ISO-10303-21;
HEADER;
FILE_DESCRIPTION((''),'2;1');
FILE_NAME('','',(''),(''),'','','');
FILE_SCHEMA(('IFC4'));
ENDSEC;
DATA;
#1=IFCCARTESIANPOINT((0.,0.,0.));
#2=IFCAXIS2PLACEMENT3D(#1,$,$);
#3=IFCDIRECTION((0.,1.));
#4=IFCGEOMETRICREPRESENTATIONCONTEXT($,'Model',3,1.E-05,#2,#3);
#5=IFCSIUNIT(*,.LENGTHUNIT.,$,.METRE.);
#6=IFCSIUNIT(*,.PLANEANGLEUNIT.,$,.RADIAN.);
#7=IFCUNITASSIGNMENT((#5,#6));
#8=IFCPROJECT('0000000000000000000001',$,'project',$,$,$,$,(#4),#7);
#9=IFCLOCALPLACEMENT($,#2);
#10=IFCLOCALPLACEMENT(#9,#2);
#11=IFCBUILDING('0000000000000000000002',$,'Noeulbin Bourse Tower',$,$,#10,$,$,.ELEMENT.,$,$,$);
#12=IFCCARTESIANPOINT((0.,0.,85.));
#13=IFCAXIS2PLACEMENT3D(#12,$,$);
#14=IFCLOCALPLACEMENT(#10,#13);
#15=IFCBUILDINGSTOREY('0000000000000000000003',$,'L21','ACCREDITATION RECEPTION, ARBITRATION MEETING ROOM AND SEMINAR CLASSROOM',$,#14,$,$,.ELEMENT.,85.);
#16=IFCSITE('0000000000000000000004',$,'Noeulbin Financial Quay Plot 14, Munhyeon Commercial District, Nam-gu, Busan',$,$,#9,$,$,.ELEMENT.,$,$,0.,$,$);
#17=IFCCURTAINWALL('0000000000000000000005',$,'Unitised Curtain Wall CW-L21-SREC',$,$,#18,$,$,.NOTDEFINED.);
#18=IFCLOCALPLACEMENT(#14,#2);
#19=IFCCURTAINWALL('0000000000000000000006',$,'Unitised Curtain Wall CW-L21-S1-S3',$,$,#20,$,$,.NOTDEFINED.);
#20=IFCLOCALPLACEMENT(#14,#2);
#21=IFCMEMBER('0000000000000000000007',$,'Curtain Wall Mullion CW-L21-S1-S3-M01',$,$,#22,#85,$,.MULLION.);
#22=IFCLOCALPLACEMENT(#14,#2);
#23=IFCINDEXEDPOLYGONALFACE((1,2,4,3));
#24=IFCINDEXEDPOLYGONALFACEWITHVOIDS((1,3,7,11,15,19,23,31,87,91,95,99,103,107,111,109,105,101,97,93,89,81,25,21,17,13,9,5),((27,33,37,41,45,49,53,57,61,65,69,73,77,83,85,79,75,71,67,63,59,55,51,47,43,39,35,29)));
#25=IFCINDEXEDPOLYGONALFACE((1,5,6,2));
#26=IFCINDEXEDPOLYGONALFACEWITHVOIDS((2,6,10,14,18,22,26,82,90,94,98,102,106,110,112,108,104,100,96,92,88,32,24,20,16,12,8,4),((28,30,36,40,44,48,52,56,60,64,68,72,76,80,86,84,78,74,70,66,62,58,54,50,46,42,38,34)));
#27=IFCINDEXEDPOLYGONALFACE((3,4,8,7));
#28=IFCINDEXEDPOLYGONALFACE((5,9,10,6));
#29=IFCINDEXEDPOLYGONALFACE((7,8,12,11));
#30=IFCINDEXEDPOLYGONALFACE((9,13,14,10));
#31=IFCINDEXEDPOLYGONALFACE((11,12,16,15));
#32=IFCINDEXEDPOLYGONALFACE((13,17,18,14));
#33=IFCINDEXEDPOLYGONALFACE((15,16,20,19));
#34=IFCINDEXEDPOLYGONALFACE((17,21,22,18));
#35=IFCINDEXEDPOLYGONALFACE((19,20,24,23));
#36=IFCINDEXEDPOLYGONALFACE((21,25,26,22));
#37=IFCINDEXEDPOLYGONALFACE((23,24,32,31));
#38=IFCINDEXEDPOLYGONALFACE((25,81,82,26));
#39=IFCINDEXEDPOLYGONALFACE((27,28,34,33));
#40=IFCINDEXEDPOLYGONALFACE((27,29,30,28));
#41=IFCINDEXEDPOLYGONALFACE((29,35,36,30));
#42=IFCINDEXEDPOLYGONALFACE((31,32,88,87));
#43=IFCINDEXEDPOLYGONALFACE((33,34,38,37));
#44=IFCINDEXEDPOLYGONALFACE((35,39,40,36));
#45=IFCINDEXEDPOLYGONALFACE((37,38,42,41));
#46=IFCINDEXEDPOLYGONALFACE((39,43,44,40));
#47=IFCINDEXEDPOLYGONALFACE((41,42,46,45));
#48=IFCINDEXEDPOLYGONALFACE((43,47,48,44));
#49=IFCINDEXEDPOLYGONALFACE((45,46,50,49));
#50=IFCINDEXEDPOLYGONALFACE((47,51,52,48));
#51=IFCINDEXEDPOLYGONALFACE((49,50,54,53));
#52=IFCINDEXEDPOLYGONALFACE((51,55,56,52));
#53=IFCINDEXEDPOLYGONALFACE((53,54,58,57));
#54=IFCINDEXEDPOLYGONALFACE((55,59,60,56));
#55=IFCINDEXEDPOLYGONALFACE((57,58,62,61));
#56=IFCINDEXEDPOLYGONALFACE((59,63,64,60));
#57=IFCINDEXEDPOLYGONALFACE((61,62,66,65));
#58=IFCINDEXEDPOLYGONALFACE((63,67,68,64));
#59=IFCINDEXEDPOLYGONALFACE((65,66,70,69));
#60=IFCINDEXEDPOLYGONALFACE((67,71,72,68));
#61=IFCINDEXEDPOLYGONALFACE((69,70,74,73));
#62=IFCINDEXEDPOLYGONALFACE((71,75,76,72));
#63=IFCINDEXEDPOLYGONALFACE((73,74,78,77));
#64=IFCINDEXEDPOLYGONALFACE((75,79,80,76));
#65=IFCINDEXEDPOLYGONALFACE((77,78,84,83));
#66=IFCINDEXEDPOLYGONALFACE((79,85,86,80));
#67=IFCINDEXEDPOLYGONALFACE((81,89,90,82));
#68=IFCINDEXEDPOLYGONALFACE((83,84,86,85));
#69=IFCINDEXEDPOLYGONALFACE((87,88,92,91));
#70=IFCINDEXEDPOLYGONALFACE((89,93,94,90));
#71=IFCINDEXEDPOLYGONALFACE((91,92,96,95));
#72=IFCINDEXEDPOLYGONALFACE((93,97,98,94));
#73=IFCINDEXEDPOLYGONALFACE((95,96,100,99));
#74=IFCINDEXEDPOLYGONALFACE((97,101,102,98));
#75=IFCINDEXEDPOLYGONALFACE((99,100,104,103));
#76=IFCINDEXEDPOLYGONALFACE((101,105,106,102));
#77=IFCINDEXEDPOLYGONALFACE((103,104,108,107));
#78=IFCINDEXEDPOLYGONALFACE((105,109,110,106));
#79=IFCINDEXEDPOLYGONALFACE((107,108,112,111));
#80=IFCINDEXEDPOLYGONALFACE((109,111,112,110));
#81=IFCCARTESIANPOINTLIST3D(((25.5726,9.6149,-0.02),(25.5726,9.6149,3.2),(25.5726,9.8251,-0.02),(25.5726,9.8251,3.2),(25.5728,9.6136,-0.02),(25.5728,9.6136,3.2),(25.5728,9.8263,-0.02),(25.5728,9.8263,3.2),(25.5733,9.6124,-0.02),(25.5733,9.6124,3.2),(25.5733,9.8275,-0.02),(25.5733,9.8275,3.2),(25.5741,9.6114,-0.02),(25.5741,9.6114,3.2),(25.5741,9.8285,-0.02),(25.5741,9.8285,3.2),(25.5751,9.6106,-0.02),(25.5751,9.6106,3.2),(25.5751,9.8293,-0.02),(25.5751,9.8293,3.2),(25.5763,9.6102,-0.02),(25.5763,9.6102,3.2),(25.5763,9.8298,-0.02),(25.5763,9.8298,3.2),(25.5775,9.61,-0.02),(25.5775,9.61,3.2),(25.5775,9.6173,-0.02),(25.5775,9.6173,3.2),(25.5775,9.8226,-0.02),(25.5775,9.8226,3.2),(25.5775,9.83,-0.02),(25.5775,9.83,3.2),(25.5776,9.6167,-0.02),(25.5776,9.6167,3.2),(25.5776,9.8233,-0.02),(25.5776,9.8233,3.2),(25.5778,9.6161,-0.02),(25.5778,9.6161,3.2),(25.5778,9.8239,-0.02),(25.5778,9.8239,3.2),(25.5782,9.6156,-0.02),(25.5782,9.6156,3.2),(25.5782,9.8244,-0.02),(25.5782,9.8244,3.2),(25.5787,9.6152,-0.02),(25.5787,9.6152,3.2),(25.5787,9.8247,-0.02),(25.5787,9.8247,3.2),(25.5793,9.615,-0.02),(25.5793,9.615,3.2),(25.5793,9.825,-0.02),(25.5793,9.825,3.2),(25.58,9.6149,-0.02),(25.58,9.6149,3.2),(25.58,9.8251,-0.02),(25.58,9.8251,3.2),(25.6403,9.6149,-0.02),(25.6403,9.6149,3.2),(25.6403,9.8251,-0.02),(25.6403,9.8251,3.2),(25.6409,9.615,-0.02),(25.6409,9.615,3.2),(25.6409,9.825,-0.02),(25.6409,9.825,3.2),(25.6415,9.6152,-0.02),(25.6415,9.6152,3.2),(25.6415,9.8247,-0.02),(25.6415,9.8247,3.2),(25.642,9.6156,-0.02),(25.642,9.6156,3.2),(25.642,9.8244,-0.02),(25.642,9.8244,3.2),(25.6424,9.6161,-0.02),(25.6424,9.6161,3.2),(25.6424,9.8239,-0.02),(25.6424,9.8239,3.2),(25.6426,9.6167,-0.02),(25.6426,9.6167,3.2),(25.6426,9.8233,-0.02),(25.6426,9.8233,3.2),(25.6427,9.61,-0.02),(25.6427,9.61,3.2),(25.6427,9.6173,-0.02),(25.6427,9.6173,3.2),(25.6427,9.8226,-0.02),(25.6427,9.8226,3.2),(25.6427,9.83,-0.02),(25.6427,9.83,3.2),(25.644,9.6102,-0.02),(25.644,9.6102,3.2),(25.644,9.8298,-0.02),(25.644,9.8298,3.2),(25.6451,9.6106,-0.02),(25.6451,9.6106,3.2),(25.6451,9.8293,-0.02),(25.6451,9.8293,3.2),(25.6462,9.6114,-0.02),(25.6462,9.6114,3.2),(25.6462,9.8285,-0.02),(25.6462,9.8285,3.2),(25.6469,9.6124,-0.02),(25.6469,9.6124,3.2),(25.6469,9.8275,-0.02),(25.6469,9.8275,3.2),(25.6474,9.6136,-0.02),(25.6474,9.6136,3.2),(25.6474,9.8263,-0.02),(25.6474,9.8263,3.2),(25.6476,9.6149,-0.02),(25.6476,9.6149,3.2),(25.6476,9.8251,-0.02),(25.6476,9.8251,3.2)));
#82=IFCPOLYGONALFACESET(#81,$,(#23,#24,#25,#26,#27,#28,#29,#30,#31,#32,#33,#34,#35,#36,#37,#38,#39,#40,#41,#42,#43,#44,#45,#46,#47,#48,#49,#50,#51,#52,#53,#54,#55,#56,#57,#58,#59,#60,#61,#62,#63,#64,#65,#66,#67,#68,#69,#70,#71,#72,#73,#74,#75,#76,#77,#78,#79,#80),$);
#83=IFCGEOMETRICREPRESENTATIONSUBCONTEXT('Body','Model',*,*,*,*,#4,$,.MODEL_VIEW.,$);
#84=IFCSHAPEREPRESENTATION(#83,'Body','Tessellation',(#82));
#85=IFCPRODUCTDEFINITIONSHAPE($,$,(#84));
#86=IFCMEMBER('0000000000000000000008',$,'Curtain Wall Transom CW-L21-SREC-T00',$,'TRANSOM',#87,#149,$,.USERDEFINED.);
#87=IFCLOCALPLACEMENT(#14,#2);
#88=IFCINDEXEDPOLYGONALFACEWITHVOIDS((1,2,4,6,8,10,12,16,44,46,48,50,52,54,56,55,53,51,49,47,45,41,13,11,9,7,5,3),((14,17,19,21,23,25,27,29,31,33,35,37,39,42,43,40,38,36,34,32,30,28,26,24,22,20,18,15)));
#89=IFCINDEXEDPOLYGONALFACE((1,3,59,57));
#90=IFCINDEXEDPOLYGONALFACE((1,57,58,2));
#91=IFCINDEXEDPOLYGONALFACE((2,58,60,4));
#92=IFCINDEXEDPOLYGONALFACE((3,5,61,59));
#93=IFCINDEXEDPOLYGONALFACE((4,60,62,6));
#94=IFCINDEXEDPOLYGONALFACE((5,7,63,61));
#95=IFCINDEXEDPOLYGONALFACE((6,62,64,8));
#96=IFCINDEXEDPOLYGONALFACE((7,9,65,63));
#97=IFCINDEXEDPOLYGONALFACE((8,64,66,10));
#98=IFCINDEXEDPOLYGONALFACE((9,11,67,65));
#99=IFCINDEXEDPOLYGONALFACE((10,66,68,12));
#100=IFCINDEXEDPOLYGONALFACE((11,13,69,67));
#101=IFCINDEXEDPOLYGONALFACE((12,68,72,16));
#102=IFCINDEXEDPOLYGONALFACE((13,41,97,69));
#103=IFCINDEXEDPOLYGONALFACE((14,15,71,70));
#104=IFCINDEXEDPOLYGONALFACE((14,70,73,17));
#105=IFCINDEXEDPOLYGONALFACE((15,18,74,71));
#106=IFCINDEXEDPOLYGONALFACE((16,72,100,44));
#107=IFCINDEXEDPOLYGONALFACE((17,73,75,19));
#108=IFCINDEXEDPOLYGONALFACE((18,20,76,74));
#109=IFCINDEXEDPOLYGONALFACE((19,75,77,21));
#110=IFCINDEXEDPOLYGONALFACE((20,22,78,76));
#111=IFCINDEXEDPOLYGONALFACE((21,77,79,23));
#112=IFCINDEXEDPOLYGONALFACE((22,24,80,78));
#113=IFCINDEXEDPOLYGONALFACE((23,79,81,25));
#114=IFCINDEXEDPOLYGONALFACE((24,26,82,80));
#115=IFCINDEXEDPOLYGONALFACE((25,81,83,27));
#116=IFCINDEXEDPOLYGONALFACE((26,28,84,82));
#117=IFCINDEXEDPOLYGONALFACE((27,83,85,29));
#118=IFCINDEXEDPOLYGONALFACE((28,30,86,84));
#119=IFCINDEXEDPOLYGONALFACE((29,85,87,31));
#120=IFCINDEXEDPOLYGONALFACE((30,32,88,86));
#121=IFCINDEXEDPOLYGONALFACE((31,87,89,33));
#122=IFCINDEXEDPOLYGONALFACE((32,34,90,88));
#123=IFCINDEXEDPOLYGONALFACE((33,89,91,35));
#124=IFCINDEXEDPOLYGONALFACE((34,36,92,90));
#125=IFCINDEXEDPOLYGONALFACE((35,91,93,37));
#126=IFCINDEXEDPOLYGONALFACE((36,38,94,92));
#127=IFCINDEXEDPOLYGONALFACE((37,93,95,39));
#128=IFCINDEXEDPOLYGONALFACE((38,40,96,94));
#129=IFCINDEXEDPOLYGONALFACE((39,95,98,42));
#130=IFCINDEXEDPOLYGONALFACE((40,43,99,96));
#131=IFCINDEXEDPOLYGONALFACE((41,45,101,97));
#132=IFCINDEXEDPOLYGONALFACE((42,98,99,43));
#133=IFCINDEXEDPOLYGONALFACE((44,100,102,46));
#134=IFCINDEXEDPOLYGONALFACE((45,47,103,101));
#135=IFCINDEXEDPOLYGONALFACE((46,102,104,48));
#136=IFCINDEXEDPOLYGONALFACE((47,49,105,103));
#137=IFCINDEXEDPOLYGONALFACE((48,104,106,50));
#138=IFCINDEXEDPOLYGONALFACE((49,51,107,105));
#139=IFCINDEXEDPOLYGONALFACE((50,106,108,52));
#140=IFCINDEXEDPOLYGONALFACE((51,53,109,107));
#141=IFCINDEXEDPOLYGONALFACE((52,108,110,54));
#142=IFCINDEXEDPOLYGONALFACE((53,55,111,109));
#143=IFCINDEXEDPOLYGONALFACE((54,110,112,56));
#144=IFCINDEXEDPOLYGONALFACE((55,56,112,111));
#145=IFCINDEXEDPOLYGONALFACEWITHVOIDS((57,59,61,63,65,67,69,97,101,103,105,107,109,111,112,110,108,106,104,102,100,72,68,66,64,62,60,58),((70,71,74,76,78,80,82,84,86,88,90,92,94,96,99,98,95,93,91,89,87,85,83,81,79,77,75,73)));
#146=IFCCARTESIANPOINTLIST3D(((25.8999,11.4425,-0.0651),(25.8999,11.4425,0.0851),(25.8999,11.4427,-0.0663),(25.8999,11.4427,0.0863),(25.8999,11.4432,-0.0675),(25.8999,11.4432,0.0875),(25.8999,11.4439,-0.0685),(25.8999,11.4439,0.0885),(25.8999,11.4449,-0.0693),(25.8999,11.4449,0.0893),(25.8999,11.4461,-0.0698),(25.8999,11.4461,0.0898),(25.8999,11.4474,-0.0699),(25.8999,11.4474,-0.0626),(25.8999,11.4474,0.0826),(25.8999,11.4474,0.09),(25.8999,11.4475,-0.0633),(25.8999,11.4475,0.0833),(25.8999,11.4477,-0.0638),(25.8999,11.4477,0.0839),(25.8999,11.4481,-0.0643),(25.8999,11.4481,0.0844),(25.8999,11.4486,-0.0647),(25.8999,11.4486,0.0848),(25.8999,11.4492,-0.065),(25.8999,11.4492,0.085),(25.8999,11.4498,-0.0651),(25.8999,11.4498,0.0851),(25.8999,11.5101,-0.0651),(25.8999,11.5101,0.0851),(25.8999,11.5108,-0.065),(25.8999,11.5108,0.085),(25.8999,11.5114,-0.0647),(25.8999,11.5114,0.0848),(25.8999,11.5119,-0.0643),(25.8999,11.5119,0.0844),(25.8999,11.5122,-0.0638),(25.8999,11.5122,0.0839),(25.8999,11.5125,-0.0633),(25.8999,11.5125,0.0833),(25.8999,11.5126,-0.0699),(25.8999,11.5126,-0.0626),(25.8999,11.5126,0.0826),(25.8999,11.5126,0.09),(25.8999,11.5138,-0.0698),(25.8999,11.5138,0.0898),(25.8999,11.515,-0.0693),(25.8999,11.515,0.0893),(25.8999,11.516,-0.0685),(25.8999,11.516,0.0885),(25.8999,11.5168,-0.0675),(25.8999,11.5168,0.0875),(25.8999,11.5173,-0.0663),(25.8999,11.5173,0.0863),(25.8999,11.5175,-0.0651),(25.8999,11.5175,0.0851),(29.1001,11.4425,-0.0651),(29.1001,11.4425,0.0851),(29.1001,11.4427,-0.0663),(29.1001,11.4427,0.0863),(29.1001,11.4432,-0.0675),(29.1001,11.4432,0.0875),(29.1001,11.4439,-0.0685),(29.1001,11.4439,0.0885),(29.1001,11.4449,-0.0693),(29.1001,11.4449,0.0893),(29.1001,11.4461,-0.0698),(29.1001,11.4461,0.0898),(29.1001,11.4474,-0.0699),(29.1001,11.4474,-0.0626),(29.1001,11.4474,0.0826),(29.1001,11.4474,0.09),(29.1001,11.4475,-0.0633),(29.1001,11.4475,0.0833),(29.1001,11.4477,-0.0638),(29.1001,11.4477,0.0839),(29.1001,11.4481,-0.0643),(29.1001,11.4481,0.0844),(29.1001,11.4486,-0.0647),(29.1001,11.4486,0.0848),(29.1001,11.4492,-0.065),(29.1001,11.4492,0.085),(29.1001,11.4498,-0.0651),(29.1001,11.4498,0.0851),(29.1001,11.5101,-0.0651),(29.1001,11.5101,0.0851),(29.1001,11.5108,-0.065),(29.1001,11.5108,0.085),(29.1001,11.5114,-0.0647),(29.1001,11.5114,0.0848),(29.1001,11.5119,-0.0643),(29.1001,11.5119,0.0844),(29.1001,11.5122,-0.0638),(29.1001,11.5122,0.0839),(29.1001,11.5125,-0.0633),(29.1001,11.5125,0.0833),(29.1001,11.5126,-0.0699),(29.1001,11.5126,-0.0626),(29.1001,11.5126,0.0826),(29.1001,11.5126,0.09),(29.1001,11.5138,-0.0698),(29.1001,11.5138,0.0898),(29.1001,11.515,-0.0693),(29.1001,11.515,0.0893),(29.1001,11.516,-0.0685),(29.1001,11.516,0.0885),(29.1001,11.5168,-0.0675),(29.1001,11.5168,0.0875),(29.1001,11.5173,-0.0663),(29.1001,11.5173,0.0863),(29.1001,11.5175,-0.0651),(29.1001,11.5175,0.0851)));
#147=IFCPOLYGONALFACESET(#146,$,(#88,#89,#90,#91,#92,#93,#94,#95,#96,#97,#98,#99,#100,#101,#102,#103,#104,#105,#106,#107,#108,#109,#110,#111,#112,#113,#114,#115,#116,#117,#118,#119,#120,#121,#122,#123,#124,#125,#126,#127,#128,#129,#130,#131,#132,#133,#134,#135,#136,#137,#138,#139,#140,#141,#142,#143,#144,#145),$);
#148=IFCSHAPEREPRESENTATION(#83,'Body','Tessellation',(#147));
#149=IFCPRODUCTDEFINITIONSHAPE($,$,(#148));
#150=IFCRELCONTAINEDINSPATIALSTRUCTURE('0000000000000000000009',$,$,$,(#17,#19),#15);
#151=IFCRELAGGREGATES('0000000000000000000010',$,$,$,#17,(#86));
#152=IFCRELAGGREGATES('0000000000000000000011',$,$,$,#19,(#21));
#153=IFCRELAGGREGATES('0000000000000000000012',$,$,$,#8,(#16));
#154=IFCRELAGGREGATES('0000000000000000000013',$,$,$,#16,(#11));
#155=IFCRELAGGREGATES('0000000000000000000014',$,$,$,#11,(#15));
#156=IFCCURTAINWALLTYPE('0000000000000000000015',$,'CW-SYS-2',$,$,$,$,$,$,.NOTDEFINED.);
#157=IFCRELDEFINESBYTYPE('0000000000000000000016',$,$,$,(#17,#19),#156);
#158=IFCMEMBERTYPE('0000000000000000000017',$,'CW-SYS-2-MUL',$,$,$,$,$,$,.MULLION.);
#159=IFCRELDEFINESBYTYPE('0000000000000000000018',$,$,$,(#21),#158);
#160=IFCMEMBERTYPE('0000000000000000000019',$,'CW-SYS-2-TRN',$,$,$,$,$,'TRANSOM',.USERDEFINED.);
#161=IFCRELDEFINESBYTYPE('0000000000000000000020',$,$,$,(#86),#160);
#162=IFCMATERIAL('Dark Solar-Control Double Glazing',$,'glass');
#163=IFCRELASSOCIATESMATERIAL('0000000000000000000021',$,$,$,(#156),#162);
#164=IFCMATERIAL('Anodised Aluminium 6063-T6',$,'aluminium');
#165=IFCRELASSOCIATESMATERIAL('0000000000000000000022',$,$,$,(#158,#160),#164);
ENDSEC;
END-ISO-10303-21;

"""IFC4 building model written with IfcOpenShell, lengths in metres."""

from ifc_helpers import new_model, si_unit, direction, frame, origin, origin_2d, place, context, subcontext, project, spatial, hollow_rectangle, extrude, material, material_profile, profile_set, type_object, element, aggregate, save


model = new_model("IFC4")

# Units and contexts
model_context = context("Model", 3, precision=1e-05, world=origin(), true_north=direction((0.0, 1.0)))
body_context = subcontext(model_context, "Body", "Model", "MODEL_VIEW")
ifc_project = project(units=[si_unit("LENGTHUNIT", "METRE"), si_unit("PLANEANGLEUNIT", "RADIAN")], contexts=[model_context])

# Site, building, storey
site_placement = place(None, origin())
site = spatial("IfcSite", under=ifc_project, at=site_placement, Name="Noeulbin Financial Quay Plot 14, Munhyeon Commercial District, Nam-gu, Busan", CompositionType="ELEMENT", RefElevation=0.0)
building_placement = place(site_placement, origin())
building = spatial("IfcBuilding", under=site, at=building_placement, Name="Noeulbin Bourse Tower", CompositionType="ELEMENT")
storey_placement = place(building_placement, frame((0.0, 0.0, 85.0)))
storey = spatial("IfcBuildingStorey", under=building, at=storey_placement, Name="L21", Description="ACCREDITATION RECEPTION, ARBITRATION MEETING ROOM AND SEMINAR CLASSROOM", CompositionType="ELEMENT", Elevation=85.0)

# Curtain wall
ifc_material_1 = material(Name="Dark Solar-Control Double Glazing", Category="glass")
curtain_wall_type = type_object("IfcCurtainWallType", Name="CW-SYS-2", PredefinedType="NOTDEFINED", material=ifc_material_1)
curtain_wall_1_placement = place(storey_placement, origin())
curtain_wall_1 = element("IfcCurtainWall", 1, at=curtain_wall_1_placement, inside=storey, type_object=curtain_wall_type, Name="Unitised Curtain Wall CW-L21-SREC", PredefinedType="NOTDEFINED")
ifc_material_2 = material(Name="Anodised Aluminium 6063-T6", Category="aluminium")
ifc_material_profile_1 = material_profile(ifc_material_2, hollow_rectangle(XDim=0.075, YDim=0.22, WallThickness=0.0049, InnerFilletRadius=0.0024, OuterFilletRadius=0.0049, at=origin_2d()), Name="ALU-MULL-75x220x5", Category="LoadBearing")
ifc_profile_set_1 = profile_set([ifc_material_profile_1], Name="Anodised Aluminium 6063-T6")
member_type_1 = type_object("IfcMemberType", Name="CW-SYS-2-MUL", PredefinedType="MULLION", material=ifc_profile_set_1)

# Curtain wall, member
curtain_wall_2_placement = place(storey_placement, origin())
curtain_wall_2 = element("IfcCurtainWall", 2, at=curtain_wall_2_placement, inside=storey, type_object=curtain_wall_type, Name="Unitised Curtain Wall CW-L21-S1-S3", PredefinedType="NOTDEFINED")
member_1_placement = place(storey_placement, frame((25.6101, 9.72, -0.02), z_axis=(0.0, 0.0, 1.0), x_axis=(1.0, 0.0, 0.0)))
member_1 = element("IfcMember", 3, at=member_1_placement, type_object=member_type_1, Name="Curtain Wall Mullion CW-L21-S1-S3-M01", PredefinedType="MULLION", context=body_context, shape_type="SweptSolid", body=[
    extrude(hollow_rectangle(XDim=0.075, YDim=0.22, WallThickness=0.0049, InnerFilletRadius=0.0024, OuterFilletRadius=0.0049, at=origin_2d()), origin(), (0.0, 0.0, 1.0), 3.22),
])

# Member
ifc_material_profile_2 = material_profile(ifc_material_2, hollow_rectangle(XDim=0.075, YDim=0.1599, WallThickness=0.0049, InnerFilletRadius=0.0024, OuterFilletRadius=0.0049, at=origin_2d()), Name="ALU-TRAN-75x160x5", Category="LoadBearing")
ifc_profile_set_2 = profile_set([ifc_material_profile_2], Name="Anodised Aluminium 6063-T6")
member_type_2 = type_object("IfcMemberType", Name="CW-SYS-2-TRN", ElementType="TRANSOM", PredefinedType="USERDEFINED", material=ifc_profile_set_2)
member_2_placement = place(storey_placement, frame((25.8999, 11.48, 0.01), z_axis=(1.0, 0.0, 0.0), x_axis=(0.0, 1.0, 0.0)))
member_2 = element("IfcMember", 4, at=member_2_placement, type_object=member_type_2, Name="Curtain Wall Transom CW-L21-SREC-T00", ObjectType="TRANSOM", PredefinedType="USERDEFINED", context=body_context, shape_type="SweptSolid", body=[
    extrude(hollow_rectangle(XDim=0.075, YDim=0.1599, WallThickness=0.0049, InnerFilletRadius=0.0024, OuterFilletRadius=0.0049, at=origin_2d()), origin(), (0.0, 0.0, 1.0), 3.2002),
])
aggregate(curtain_wall_1, [member_2])

aggregate(curtain_wall_2, [member_1])

save(model, "model.ifc")
